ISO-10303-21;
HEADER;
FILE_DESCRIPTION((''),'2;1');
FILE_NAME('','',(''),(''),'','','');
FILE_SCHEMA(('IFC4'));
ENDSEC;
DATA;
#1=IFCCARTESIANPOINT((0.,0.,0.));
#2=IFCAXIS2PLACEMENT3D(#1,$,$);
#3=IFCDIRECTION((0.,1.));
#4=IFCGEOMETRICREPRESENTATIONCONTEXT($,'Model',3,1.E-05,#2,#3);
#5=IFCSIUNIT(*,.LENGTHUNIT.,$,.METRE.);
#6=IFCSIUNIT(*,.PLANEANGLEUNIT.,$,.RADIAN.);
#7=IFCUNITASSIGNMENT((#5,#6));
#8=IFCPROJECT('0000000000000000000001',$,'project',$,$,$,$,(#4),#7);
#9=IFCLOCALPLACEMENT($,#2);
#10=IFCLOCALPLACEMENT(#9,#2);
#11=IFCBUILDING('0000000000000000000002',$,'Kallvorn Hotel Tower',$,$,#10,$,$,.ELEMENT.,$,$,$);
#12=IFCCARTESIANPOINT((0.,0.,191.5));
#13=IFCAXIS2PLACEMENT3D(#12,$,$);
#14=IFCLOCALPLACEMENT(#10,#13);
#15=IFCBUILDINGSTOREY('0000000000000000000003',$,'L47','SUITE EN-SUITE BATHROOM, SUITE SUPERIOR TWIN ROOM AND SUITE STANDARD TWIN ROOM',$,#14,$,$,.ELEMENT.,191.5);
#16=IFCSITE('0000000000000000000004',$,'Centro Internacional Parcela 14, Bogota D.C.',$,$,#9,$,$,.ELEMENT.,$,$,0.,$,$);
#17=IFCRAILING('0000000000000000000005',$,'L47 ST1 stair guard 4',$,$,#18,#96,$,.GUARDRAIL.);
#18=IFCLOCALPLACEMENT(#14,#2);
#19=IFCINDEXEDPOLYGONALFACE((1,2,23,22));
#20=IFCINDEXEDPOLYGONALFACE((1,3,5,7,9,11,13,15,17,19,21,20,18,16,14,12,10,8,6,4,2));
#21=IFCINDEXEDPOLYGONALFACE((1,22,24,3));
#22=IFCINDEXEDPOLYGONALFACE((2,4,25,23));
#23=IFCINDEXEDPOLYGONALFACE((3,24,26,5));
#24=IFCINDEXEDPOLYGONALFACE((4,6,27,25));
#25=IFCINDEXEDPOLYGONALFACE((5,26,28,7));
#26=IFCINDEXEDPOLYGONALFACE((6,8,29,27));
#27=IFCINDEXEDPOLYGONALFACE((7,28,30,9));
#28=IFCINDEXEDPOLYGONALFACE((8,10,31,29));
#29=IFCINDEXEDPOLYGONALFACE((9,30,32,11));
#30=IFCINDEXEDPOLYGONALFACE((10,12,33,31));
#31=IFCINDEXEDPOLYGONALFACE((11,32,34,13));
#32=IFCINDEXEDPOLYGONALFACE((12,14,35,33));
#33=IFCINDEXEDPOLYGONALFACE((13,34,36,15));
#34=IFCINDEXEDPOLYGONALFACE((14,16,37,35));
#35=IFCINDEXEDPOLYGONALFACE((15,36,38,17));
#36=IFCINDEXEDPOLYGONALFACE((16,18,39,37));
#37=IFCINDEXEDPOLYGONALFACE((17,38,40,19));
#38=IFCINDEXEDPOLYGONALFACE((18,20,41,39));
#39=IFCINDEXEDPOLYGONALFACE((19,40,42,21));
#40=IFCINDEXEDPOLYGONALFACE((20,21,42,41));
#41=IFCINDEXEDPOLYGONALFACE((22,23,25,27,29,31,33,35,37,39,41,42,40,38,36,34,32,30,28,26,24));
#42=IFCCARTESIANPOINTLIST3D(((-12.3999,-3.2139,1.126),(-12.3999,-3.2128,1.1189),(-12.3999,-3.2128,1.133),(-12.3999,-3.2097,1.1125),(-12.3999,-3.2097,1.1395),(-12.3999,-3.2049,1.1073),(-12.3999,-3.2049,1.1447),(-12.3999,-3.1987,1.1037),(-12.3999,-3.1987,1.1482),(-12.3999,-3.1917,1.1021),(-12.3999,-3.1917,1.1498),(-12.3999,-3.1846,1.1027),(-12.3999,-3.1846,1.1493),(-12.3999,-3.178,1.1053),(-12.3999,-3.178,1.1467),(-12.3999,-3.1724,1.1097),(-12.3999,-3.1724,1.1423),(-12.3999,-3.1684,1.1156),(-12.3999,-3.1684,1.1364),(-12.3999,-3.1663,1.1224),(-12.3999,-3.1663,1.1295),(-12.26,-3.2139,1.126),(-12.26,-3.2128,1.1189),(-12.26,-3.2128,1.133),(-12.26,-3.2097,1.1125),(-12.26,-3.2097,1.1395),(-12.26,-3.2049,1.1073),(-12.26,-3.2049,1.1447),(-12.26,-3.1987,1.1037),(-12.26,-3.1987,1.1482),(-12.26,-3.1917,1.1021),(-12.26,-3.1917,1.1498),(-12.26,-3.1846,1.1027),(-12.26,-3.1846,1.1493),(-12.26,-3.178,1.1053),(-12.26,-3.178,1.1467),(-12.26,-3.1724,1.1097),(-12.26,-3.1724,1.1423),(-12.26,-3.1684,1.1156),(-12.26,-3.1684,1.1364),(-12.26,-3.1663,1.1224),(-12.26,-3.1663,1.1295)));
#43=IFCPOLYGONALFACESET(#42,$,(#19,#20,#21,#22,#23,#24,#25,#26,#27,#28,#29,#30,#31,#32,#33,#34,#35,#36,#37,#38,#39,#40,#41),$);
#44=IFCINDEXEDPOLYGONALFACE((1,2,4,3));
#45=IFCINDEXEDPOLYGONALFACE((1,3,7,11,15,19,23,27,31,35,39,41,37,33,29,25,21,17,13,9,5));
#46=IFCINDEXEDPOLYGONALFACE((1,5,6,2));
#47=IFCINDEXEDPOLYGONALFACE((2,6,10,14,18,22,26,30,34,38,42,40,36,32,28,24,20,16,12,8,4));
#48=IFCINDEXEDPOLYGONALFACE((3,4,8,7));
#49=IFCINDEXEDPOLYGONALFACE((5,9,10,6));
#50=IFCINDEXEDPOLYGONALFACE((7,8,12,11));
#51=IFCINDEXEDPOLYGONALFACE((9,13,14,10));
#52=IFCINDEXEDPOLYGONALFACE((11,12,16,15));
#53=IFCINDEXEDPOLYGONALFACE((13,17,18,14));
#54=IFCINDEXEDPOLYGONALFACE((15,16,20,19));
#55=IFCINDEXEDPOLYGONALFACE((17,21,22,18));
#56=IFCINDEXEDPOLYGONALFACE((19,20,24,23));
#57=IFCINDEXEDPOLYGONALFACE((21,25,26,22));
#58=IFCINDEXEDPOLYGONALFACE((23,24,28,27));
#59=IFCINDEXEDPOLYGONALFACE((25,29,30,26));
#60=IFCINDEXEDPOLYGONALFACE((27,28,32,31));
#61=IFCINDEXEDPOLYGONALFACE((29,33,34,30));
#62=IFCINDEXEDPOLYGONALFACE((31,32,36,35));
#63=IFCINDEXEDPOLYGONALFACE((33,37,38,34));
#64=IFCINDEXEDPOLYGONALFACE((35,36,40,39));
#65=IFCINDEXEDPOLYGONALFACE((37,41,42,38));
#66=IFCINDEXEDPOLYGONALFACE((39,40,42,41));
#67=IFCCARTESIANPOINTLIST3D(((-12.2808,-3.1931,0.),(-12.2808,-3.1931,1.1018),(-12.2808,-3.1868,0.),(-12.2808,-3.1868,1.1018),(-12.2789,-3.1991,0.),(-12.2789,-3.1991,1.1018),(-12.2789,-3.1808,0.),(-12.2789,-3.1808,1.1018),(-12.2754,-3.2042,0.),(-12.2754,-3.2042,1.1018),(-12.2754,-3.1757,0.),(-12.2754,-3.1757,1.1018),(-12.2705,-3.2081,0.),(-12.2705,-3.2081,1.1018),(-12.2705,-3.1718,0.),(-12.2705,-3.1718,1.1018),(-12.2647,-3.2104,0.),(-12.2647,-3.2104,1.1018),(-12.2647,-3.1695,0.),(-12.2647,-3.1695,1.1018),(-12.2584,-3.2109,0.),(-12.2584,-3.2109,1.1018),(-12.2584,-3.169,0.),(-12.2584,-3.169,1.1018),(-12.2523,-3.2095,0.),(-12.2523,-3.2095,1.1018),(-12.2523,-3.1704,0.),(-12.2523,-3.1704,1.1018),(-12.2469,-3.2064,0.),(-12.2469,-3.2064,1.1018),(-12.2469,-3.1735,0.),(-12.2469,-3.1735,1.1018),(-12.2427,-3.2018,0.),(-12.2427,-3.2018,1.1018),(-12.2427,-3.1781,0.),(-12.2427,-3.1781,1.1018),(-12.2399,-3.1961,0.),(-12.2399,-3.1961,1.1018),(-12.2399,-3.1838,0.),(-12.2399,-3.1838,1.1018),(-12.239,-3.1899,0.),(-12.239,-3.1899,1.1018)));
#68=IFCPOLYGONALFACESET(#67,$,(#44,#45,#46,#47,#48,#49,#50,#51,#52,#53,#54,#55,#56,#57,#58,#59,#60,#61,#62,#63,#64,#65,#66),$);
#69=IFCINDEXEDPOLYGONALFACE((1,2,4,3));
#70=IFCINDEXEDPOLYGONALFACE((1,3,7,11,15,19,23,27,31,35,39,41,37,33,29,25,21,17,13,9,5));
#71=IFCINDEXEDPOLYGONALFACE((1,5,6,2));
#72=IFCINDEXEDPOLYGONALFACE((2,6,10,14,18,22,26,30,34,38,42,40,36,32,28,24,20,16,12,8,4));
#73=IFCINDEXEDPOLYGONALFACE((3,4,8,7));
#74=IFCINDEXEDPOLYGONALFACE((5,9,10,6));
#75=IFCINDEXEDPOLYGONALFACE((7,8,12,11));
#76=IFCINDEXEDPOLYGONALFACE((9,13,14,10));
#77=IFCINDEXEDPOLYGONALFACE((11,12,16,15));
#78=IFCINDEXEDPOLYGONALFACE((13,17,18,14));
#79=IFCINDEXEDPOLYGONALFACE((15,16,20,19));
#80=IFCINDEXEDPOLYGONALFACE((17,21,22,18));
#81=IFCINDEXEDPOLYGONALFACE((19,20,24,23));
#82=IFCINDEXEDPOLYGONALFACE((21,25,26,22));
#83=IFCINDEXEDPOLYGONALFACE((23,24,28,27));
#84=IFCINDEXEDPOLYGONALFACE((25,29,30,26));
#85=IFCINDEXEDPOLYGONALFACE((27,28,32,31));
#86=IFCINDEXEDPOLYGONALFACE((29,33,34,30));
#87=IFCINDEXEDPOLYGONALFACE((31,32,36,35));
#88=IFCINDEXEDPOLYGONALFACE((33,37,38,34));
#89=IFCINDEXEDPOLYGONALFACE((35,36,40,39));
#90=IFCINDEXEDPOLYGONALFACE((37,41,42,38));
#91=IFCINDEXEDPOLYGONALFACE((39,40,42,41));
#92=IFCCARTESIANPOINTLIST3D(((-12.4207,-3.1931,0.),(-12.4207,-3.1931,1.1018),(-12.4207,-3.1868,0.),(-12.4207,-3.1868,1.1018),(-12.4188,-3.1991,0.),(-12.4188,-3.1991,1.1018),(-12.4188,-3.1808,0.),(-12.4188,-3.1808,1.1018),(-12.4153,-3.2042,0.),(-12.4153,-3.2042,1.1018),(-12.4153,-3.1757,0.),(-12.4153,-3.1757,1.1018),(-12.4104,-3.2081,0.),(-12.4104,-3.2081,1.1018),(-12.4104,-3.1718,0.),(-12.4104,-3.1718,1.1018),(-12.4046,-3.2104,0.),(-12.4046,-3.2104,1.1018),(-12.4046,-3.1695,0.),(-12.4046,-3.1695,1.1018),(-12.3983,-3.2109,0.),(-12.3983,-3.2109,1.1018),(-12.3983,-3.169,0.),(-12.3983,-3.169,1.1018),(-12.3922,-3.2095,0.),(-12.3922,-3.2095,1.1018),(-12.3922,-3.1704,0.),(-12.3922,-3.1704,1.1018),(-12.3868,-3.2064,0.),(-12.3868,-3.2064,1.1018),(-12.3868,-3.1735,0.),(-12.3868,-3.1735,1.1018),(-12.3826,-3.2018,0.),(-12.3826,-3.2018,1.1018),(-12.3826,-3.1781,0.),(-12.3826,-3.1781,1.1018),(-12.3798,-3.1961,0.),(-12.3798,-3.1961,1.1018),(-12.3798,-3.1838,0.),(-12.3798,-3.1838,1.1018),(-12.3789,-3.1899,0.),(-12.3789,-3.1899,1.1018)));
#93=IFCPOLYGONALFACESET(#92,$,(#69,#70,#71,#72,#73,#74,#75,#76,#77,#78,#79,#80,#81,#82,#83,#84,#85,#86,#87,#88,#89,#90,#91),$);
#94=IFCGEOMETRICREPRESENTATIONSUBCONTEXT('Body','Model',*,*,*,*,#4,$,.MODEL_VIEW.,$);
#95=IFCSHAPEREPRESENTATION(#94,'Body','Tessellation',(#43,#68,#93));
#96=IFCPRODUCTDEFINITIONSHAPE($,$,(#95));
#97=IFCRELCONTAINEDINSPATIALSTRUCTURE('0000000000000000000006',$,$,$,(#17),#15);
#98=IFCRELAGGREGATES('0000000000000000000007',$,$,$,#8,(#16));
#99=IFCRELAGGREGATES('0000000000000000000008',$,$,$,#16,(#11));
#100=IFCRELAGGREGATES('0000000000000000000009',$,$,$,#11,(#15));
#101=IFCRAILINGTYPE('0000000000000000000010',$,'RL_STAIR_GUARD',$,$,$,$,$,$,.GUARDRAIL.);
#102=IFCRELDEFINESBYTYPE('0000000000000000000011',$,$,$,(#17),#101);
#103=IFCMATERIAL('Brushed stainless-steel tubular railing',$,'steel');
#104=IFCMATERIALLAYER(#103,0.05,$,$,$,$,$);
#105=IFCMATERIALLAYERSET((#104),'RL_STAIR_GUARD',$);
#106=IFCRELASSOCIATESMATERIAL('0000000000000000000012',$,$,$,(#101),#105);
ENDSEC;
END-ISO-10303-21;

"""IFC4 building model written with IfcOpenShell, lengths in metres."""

from ifc_helpers import new_model, si_unit, direction, frame, origin, origin_2d, place, context, subcontext, project, spatial, circle, extrude, material, layer, layer_set, type_object, element, save


model = new_model("IFC4")

# Units and contexts
model_context = context("Model", 3, precision=1e-05, world=origin(), true_north=direction((0.0, 1.0)))
body_context = subcontext(model_context, "Body", "Model", "MODEL_VIEW")
ifc_project = project(units=[si_unit("LENGTHUNIT", "METRE"), si_unit("PLANEANGLEUNIT", "RADIAN")], contexts=[model_context])

# Site, building, storey
site_placement = place(None, origin())
site = spatial("IfcSite", under=ifc_project, at=site_placement, Name="Centro Internacional Parcela 14, Bogota D.C.", CompositionType="ELEMENT", RefElevation=0.0)
building_placement = place(site_placement, origin())
building = spatial("IfcBuilding", under=site, at=building_placement, Name="Kallvorn Hotel Tower", CompositionType="ELEMENT")
storey_placement = place(building_placement, frame((0.0, 0.0, 191.5)))
storey = spatial("IfcBuildingStorey", under=building, at=storey_placement, Name="L47", Description="SUITE EN-SUITE BATHROOM, SUITE SUPERIOR TWIN ROOM AND SUITE STANDARD TWIN ROOM", CompositionType="ELEMENT", Elevation=191.5)

# Railing
ifc_material_1 = material(Name="Brushed stainless-steel tubular railing", Category="steel")
ifc_layer_1 = layer(ifc_material_1, 0.05)
ifc_layer_set_1 = layer_set([ifc_layer_1], Name="RL_STAIR_GUARD")
railing_type_1 = type_object("IfcRailingType", Name="RL_STAIR_GUARD", PredefinedType="GUARDRAIL", material=ifc_layer_set_1)
railing_1_placement = place(storey_placement, frame((-12.26, -3.1899, 0.0)))
element("IfcRailing", 1, at=railing_1_placement, inside=storey, type_object=railing_type_1, Name="L47 ST1 stair guard 4", PredefinedType="GUARDRAIL", context=body_context, shape_type="SweptSolid", body=[
    extrude(circle(Radius=0.0239, at=origin_2d()), frame((0.0, 0.0, 1.126), z_axis=(-1.0, 0.0, 0.0), x_axis=(0.0, -1.0, 0.0)), (0.0, 0.0, 1.0), 0.1399),
    extrude(circle(Radius=0.021, at=origin_2d()), origin(), (0.0, 0.0, 1.0), 1.1018),
    extrude(circle(Radius=0.021, at=origin_2d()), frame((-0.1399, 0.0, 0.0)), (0.0, 0.0, 1.0), 1.1018),
])

save(model, "model.ifc")
